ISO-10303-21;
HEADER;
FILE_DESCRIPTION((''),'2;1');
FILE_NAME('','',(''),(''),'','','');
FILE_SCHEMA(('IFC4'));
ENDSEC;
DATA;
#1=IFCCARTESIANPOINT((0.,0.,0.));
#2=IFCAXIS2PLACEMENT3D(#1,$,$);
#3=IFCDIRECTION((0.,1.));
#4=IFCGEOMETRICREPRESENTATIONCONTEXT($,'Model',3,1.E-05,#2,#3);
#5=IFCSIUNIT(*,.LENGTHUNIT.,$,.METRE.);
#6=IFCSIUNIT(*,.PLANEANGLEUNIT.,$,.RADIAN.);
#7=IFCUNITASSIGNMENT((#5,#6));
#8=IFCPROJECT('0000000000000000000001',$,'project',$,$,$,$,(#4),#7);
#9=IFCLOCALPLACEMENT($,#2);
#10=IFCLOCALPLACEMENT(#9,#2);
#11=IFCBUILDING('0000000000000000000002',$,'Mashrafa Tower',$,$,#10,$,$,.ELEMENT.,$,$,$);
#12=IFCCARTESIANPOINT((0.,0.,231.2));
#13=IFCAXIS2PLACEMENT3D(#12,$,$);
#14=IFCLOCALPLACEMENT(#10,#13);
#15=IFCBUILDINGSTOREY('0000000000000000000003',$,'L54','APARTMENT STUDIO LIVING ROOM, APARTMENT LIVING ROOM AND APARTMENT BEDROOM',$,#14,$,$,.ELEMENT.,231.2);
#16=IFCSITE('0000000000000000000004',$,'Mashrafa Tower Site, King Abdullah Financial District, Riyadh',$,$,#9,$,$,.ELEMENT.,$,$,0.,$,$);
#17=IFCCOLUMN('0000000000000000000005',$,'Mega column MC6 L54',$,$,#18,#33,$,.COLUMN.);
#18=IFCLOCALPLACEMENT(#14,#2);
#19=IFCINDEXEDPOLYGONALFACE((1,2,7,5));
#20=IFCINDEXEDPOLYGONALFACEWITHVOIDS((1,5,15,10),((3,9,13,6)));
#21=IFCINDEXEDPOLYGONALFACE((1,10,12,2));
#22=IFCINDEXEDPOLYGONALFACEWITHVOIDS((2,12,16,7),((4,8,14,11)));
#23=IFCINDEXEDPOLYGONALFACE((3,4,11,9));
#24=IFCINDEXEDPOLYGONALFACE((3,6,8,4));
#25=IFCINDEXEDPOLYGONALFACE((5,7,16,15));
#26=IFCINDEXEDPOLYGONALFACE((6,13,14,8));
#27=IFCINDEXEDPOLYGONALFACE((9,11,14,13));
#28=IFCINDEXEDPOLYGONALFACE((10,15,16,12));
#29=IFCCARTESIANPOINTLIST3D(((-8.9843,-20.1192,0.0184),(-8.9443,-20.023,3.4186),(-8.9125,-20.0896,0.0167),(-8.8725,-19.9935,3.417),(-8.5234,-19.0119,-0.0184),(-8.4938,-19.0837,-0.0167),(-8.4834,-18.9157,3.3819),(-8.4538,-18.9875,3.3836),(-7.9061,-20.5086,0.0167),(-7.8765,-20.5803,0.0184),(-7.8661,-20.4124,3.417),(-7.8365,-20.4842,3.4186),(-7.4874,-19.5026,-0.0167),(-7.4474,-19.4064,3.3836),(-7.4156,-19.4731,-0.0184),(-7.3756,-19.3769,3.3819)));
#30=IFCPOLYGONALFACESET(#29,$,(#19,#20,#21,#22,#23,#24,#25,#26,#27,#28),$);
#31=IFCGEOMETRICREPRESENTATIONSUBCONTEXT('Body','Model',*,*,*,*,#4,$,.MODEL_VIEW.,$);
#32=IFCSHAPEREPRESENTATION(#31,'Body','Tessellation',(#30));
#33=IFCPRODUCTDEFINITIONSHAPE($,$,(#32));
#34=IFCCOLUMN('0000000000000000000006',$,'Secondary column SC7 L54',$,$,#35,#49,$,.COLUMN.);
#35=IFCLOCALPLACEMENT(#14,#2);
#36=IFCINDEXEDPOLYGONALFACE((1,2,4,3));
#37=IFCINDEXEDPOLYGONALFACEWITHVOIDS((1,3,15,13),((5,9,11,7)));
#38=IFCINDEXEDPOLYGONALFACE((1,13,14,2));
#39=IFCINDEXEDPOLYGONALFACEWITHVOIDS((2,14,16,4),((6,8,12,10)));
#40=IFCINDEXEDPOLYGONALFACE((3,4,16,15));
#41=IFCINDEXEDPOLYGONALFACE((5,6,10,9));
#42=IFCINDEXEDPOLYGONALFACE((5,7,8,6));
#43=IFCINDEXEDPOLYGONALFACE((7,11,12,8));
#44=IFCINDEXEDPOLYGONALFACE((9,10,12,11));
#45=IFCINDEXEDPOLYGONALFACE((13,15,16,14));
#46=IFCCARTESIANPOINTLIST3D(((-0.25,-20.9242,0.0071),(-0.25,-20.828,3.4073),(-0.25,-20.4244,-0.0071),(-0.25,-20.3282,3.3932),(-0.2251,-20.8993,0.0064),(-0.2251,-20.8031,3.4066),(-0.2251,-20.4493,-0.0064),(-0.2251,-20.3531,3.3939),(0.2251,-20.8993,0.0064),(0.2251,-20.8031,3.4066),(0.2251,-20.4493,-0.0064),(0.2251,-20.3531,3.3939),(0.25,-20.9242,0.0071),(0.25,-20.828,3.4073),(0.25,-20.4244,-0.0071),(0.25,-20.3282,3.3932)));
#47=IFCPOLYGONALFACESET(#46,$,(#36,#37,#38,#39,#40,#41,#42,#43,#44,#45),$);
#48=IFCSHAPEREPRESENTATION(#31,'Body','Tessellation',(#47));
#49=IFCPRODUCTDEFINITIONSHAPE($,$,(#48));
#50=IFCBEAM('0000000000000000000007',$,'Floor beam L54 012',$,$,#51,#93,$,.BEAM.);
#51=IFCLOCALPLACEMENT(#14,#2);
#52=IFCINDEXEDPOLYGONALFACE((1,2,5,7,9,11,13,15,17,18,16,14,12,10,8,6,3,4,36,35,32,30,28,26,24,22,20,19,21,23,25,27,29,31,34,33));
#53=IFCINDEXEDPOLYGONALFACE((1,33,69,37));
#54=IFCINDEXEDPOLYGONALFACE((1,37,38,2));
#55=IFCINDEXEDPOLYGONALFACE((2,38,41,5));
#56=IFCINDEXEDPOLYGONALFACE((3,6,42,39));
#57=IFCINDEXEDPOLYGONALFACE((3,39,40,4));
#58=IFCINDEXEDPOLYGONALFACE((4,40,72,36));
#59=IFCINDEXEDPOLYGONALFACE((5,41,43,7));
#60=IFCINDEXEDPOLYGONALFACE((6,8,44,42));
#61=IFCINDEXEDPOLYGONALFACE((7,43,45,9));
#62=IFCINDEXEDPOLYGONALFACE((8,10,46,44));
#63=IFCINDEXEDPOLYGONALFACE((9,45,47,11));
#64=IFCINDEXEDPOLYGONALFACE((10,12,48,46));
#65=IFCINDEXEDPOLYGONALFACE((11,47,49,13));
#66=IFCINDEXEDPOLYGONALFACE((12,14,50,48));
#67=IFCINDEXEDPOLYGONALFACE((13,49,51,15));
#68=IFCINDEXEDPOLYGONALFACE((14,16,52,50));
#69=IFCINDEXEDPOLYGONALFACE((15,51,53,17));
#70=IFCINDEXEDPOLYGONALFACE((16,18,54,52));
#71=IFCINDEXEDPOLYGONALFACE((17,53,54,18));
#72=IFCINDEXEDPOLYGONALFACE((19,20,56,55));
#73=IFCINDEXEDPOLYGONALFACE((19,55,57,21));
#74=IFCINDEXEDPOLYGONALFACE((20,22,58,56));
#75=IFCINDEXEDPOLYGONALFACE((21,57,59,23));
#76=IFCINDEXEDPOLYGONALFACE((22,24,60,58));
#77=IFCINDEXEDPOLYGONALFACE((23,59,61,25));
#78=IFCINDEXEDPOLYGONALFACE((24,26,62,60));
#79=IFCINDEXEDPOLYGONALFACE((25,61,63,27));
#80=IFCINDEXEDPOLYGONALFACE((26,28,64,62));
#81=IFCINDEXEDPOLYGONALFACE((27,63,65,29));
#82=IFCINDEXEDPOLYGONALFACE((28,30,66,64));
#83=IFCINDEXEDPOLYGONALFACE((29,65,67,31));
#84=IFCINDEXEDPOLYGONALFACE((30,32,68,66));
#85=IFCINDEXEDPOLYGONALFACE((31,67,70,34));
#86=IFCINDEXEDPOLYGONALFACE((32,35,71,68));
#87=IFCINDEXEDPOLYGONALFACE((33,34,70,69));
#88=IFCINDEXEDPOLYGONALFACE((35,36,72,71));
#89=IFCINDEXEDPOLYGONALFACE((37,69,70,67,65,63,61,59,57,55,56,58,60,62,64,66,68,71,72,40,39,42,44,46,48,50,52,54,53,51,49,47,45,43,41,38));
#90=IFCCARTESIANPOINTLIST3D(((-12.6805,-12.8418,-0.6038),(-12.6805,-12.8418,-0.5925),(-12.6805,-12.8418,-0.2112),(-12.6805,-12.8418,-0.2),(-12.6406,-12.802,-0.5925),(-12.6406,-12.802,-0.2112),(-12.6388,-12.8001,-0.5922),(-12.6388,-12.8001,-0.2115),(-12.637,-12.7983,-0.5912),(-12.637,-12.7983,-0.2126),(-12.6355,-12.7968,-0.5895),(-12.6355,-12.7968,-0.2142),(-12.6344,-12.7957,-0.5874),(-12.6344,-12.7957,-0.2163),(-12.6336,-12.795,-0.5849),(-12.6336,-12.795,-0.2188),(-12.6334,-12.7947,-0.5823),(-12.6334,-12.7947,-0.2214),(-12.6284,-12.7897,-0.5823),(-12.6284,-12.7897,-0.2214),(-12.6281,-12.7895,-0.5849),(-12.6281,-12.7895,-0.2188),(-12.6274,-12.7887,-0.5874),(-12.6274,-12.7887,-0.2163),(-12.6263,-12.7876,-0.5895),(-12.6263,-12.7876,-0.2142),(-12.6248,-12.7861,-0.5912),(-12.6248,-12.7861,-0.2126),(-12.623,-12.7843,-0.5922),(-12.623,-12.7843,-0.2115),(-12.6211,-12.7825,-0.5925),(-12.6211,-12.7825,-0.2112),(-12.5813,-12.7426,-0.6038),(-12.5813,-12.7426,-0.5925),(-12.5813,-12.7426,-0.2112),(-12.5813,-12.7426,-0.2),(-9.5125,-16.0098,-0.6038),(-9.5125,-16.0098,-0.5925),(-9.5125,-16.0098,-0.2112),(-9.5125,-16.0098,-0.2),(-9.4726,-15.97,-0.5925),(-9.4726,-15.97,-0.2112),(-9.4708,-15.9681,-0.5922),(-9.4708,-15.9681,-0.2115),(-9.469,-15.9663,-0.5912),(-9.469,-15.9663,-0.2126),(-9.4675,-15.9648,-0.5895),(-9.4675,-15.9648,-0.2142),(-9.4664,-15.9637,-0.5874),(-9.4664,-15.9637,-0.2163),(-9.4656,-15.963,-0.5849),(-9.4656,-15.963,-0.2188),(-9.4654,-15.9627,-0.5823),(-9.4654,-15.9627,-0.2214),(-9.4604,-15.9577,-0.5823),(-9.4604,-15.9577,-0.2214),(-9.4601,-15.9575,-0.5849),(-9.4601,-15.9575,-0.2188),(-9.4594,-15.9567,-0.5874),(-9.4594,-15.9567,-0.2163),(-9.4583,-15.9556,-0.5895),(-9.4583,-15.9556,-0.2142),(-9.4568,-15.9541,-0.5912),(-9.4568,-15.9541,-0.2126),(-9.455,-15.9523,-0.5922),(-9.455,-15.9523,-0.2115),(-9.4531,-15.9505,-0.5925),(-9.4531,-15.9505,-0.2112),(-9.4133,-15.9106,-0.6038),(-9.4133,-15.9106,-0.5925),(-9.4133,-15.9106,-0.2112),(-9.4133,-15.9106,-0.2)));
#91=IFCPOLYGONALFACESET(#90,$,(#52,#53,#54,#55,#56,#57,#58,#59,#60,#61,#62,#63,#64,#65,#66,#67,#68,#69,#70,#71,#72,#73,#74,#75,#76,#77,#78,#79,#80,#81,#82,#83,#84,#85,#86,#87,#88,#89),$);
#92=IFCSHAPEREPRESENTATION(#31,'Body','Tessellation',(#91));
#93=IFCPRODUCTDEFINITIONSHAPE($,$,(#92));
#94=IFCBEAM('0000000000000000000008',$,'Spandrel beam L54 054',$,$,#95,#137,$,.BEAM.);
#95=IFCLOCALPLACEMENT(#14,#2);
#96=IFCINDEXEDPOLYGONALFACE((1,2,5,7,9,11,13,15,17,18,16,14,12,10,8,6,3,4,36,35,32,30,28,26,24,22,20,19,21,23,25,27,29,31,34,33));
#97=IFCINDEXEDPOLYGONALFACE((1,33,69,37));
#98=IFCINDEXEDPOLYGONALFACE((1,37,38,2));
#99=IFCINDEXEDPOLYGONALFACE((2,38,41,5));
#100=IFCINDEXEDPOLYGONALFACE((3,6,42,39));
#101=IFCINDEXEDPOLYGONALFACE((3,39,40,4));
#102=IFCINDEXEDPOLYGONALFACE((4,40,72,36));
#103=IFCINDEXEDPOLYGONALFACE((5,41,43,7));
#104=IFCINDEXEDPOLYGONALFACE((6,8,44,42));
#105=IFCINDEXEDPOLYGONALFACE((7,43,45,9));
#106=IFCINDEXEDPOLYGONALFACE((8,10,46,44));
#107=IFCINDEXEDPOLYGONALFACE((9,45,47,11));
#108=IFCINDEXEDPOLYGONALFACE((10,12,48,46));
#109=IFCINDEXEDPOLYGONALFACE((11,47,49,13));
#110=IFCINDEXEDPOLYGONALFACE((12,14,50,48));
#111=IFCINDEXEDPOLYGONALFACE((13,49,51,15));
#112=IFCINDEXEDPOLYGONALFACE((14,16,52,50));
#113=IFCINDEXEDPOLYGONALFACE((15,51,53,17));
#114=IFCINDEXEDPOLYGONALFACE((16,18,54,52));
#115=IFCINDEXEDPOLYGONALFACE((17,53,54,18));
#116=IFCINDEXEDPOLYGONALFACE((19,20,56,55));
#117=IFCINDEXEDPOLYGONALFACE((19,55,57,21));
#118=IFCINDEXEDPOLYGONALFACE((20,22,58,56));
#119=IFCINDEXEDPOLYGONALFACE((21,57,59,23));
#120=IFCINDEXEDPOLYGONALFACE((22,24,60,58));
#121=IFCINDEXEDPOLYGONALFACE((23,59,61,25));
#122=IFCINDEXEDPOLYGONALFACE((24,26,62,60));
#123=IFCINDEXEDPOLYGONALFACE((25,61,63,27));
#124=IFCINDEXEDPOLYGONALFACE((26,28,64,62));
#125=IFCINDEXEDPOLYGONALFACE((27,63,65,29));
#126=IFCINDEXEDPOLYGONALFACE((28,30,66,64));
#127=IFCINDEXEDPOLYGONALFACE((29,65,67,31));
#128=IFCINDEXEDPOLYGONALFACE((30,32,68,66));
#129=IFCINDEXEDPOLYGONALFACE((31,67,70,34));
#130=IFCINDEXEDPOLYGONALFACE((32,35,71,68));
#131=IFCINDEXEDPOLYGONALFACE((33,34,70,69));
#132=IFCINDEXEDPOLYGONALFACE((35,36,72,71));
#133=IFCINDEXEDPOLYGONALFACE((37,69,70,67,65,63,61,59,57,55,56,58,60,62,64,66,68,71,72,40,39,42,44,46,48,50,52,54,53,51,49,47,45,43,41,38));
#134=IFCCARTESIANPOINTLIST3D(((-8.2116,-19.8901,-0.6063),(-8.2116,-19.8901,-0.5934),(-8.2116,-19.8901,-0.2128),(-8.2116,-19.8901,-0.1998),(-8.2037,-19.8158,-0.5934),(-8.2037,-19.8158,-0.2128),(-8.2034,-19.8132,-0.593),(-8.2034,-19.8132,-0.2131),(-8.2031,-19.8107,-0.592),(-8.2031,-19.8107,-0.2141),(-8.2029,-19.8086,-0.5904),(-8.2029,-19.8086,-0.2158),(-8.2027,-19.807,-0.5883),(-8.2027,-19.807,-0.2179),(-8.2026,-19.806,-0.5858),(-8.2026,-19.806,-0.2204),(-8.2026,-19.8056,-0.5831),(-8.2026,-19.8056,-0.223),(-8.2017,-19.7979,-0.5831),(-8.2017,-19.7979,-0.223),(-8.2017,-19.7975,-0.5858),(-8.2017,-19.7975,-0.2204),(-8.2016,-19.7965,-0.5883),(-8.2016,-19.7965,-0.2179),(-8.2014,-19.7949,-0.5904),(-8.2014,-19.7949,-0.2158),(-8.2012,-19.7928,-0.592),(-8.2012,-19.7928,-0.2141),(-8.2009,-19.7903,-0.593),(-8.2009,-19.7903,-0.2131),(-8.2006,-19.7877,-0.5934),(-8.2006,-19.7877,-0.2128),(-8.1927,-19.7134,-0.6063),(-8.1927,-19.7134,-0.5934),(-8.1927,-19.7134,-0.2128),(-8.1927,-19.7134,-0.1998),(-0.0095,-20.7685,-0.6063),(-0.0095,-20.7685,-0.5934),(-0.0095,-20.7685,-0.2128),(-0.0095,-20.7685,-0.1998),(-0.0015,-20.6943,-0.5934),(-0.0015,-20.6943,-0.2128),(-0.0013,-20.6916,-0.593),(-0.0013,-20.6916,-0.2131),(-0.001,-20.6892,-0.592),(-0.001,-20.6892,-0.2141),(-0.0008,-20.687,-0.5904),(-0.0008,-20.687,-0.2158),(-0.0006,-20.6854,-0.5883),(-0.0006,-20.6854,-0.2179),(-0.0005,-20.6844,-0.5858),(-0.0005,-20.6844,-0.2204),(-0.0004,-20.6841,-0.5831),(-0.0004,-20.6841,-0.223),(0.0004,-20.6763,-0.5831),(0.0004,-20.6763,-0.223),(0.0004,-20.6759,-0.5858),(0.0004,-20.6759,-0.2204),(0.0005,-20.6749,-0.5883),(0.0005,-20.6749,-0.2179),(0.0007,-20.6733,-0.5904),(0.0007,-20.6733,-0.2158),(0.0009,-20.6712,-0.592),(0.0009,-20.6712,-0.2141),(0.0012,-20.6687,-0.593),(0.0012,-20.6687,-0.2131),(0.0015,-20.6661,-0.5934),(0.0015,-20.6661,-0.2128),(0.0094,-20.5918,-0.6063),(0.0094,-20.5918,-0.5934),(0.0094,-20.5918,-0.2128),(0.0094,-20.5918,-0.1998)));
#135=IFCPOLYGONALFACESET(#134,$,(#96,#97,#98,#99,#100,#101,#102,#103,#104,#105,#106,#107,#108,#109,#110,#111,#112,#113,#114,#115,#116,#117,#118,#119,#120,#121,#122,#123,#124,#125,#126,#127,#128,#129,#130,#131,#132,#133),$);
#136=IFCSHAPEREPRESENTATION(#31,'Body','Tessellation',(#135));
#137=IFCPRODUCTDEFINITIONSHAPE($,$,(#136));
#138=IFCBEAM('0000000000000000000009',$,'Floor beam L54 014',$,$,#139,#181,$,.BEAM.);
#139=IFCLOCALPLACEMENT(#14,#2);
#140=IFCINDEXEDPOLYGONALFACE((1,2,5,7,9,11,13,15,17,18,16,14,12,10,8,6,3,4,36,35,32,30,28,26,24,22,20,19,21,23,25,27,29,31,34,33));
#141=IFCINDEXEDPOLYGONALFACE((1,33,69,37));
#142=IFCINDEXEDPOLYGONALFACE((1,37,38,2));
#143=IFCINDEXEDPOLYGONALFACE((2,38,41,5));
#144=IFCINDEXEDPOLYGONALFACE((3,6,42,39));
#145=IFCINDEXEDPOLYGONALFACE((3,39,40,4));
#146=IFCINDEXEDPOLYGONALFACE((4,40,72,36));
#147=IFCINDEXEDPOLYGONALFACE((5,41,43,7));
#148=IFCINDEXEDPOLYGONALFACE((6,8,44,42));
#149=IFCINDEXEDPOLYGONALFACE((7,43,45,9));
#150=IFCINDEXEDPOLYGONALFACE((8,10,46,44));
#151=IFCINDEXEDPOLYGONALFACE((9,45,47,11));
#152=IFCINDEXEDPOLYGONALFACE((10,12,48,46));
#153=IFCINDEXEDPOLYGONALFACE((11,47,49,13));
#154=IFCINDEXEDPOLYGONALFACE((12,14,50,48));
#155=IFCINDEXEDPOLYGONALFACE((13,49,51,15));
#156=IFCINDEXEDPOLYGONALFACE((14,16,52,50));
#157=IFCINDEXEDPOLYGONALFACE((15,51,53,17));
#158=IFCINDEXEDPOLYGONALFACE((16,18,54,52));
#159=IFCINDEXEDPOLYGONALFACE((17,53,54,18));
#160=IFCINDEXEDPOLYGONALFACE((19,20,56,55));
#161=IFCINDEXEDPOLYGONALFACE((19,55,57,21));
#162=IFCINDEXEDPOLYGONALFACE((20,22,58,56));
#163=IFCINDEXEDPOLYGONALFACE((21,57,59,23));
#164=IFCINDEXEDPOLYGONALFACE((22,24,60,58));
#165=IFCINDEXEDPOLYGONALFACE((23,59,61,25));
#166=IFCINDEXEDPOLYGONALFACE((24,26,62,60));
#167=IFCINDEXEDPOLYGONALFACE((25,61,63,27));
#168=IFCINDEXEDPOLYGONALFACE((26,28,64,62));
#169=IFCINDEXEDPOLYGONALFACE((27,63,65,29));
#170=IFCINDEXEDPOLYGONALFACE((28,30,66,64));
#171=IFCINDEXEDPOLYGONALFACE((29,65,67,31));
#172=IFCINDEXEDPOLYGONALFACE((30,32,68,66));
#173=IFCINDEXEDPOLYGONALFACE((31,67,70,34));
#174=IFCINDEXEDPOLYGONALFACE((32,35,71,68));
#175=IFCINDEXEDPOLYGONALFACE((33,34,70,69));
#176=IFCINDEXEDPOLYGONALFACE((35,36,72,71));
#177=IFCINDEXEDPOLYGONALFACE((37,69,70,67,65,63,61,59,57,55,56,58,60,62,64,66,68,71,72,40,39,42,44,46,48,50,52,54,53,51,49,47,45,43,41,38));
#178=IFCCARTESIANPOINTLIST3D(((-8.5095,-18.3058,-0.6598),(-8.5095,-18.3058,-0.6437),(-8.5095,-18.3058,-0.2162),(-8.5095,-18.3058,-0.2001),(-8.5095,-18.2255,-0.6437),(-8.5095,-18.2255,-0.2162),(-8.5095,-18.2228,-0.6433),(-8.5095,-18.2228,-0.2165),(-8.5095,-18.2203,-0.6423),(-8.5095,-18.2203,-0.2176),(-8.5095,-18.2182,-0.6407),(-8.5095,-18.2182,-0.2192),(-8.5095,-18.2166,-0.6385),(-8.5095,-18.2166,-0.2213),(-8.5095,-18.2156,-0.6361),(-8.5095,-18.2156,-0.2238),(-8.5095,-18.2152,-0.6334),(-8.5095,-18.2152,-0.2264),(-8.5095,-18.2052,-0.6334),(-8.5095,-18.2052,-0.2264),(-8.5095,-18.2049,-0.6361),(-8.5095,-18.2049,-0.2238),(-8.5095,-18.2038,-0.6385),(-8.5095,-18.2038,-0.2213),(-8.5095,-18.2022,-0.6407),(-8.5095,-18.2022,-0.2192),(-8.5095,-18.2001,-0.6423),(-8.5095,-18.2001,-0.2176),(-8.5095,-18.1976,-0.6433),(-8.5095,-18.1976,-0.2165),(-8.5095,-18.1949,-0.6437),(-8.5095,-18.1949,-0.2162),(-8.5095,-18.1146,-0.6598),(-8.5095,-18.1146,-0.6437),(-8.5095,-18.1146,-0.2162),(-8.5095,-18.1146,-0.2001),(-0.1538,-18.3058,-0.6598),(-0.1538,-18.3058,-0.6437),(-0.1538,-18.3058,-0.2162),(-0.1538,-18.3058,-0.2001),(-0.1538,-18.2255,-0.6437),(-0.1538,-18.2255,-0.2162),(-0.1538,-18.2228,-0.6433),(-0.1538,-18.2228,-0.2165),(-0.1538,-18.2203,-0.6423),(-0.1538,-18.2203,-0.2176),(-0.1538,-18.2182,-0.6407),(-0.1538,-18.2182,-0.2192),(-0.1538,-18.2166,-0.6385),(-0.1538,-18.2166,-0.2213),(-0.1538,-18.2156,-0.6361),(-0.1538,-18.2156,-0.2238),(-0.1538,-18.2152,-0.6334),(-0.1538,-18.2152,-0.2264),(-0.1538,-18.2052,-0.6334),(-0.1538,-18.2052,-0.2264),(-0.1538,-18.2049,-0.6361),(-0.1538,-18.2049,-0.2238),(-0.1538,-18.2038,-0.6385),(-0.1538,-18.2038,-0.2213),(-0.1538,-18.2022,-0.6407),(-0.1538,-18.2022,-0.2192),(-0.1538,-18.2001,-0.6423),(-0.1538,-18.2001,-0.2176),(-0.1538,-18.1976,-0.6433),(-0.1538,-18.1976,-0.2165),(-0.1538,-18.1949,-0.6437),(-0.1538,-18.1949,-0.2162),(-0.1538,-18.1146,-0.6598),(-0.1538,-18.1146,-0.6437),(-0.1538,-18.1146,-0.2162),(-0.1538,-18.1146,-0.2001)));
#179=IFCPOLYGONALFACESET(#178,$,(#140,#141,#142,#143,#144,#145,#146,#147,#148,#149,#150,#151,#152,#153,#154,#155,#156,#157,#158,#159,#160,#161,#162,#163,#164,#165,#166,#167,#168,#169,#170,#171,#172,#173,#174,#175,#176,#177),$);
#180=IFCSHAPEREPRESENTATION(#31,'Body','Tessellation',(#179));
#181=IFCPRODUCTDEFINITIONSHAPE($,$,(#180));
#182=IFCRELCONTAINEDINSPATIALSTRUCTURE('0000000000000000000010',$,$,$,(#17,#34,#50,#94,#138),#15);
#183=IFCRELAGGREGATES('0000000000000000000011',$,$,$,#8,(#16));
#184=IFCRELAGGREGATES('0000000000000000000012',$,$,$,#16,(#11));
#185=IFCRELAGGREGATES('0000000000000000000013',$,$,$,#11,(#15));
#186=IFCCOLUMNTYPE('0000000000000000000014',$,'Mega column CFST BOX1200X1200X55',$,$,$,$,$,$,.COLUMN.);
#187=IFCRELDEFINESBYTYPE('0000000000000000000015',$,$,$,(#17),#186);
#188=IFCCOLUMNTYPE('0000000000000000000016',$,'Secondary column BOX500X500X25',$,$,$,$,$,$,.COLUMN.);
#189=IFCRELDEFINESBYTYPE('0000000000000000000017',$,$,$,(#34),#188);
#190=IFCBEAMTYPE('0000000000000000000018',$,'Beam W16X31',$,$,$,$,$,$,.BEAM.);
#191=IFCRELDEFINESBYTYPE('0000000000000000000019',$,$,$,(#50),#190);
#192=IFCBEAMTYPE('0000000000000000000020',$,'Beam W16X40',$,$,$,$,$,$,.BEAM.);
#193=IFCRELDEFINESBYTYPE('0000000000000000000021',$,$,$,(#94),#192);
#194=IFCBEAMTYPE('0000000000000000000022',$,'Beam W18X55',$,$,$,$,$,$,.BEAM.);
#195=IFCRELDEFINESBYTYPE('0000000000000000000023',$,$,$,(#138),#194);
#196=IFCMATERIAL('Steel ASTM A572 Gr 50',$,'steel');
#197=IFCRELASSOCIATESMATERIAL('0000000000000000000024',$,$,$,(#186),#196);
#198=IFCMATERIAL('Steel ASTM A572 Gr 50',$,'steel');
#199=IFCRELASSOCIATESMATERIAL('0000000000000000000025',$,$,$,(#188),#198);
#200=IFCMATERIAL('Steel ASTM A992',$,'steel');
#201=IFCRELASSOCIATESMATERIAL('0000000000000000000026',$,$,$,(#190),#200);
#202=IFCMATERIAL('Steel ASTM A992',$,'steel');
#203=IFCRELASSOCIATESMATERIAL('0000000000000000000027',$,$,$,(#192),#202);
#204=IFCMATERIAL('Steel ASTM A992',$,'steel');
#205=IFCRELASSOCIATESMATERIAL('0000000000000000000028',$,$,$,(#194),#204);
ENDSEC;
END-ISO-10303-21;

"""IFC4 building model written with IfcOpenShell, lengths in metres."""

from ifc_helpers import new_model, si_unit, direction, frame, origin, origin_2d, place, context, subcontext, project, spatial, hollow_rectangle, i_section, extrude, material, material_profile, profile_set, type_object, element, save


model = new_model("IFC4")

# Units and contexts
model_context = context("Model", 3, precision=1e-05, world=origin(), true_north=direction((0.0, 1.0)))
body_context = subcontext(model_context, "Body", "Model", "MODEL_VIEW")
ifc_project = project(units=[si_unit("LENGTHUNIT", "METRE"), si_unit("PLANEANGLEUNIT", "RADIAN")], contexts=[model_context])

# Site, building, storey
site_placement = place(None, origin())
site = spatial("IfcSite", under=ifc_project, at=site_placement, Name="Mashrafa Tower Site, King Abdullah Financial District, Riyadh", CompositionType="ELEMENT", RefElevation=0.0)
building_placement = place(site_placement, origin())
building = spatial("IfcBuilding", under=site, at=building_placement, Name="Mashrafa Tower", CompositionType="ELEMENT")
storey_placement = place(building_placement, frame((0.0, 0.0, 231.2)))
storey = spatial("IfcBuildingStorey", under=building, at=storey_placement, Name="L54", Description="APARTMENT STUDIO LIVING ROOM, APARTMENT LIVING ROOM AND APARTMENT BEDROOM", CompositionType="ELEMENT", Elevation=231.2)

# Columns
ifc_material_1 = material(Name="Steel ASTM A572 Gr 50", Category="steel")
ifc_material_profile_1 = material_profile(ifc_material_1, hollow_rectangle(XDim=1.2, YDim=1.2, WallThickness=0.0549, at=origin_2d()), Name="BOX1200X1200X55")
ifc_profile_set_1 = profile_set([ifc_material_profile_1], Name="Steel ASTM A572 Gr 50")
column_type_1 = type_object("IfcColumnType", Name="Mega column CFST BOX1200X1200X55", PredefinedType="COLUMN", material=ifc_profile_set_1)
column_1_placement = place(storey_placement, frame((-8.2, -19.7961, 0.0), z_axis=(0.01177, 0.028277, 0.999531), x_axis=(-0.923216, 0.384283, 0.0)))
element("IfcColumn", 1, at=column_1_placement, inside=storey, type_object=column_type_1, Name="Mega column MC6 L54", PredefinedType="COLUMN", context=body_context, shape_type="SweptSolid", body=[
    extrude(hollow_rectangle(XDim=1.2, YDim=1.2, WallThickness=0.0549, at=origin_2d()), origin(), (0.0, 0.0, 1.0), 3.4019),
])
ifc_material_2 = material(Name="Steel ASTM A572 Gr 50", Category="steel")
ifc_material_profile_2 = material_profile(ifc_material_2, hollow_rectangle(XDim=0.5, YDim=0.5, WallThickness=0.0249, at=origin_2d()), Name="BOX500X500X25")
ifc_profile_set_2 = profile_set([ifc_material_profile_2], Name="Steel ASTM A572 Gr 50")
column_type_2 = type_object("IfcColumnType", Name="Secondary column BOX500X500X25", PredefinedType="COLUMN", material=ifc_profile_set_2)
column_2_placement = place(storey_placement, frame((0.0, -20.6743, 0.0), z_axis=(0.0, 0.028279, 0.9996), x_axis=(-1.0, 0.0, 0.0)))
element("IfcColumn", 2, at=column_2_placement, inside=storey, type_object=column_type_2, Name="Secondary column SC7 L54", PredefinedType="COLUMN", context=body_context, shape_type="SweptSolid", body=[
    extrude(hollow_rectangle(XDim=0.5, YDim=0.5, WallThickness=0.0249, at=origin_2d()), origin(), (0.0, 0.0, 1.0), 3.4016),
])

# Beams
ifc_material_3 = material(Name="Steel ASTM A992", Category="steel")
ifc_material_profile_3 = material_profile(ifc_material_3, i_section(OverallWidth=0.1404, OverallDepth=0.4038, WebThickness=0.0071, FlangeThickness=0.0112, FilletRadius=0.0103, at=origin_2d()), Name="W16X31")
ifc_profile_set_3 = profile_set([ifc_material_profile_3], Name="Steel ASTM A992")
beam_type_1 = type_object("IfcBeamType", Name="Beam W16X31", PredefinedType="BEAM", material=ifc_profile_set_3)
beam_1_placement = place(storey_placement, frame((-9.4629, -15.9602, -0.4019), z_axis=(-0.707107, 0.707107, 0.0), x_axis=(-0.707107, -0.707107, 0.0)))
element("IfcBeam", 3, at=beam_1_placement, inside=storey, type_object=beam_type_1, Name="Floor beam L54 012", PredefinedType="BEAM", context=body_context, shape_type="SweptSolid", body=[
    extrude(i_section(OverallWidth=0.1404, OverallDepth=0.4038, WebThickness=0.0071, FlangeThickness=0.0112, FilletRadius=0.0103, at=origin_2d()), origin(), (0.0, 0.0, 1.0), 4.4802),
])
ifc_material_4 = material(Name="Steel ASTM A992", Category="steel")
ifc_material_profile_4 = material_profile(ifc_material_4, i_section(OverallWidth=0.1777, OverallDepth=0.4065, WebThickness=0.0078, FlangeThickness=0.0129, FilletRadius=0.0103, at=origin_2d()), Name="W16X40")
ifc_profile_set_4 = profile_set([ifc_material_profile_4], Name="Steel ASTM A992")
beam_type_2 = type_object("IfcBeamType", Name="Beam W16X40", PredefinedType="BEAM", material=ifc_profile_set_4)
beam_2_placement = place(storey_placement, frame((-8.2021, -19.8018, -0.4031), z_axis=(0.994314, -0.106487, 0.0), x_axis=(0.106487, 0.994314, 0.0)))
element("IfcBeam", 4, at=beam_2_placement, inside=storey, type_object=beam_type_2, Name="Spandrel beam L54 054", PredefinedType="BEAM", context=body_context, shape_type="SweptSolid", body=[
    extrude(i_section(OverallWidth=0.1777, OverallDepth=0.4065, WebThickness=0.0078, FlangeThickness=0.0129, FilletRadius=0.0103, at=origin_2d()), origin(), (0.0, 0.0, 1.0), 8.249),
])
ifc_material_5 = material(Name="Steel ASTM A992", Category="steel")
ifc_material_profile_5 = material_profile(ifc_material_5, i_section(OverallWidth=0.1912, OverallDepth=0.4597, WebThickness=0.01, FlangeThickness=0.0161, FilletRadius=0.0103, at=origin_2d()), Name="W18X55")
ifc_profile_set_5 = profile_set([ifc_material_profile_5], Name="Steel ASTM A992")
beam_type_3 = type_object("IfcBeamType", Name="Beam W18X55", PredefinedType="BEAM", material=ifc_profile_set_5)
beam_3_placement = place(storey_placement, frame((-0.1538, -18.2102, -0.4299), z_axis=(-1.0, 0.0, 0.0), x_axis=(0.0, -1.0, 0.0)))
element("IfcBeam", 5, at=beam_3_placement, inside=storey, type_object=beam_type_3, Name="Floor beam L54 014", PredefinedType="BEAM", context=body_context, shape_type="SweptSolid", body=[
    extrude(i_section(OverallWidth=0.1912, OverallDepth=0.4597, WebThickness=0.01, FlangeThickness=0.0161, FilletRadius=0.0103, at=origin_2d()), origin(), (0.0, 0.0, 1.0), 8.3557),
])

save(model, "model.ifc")
